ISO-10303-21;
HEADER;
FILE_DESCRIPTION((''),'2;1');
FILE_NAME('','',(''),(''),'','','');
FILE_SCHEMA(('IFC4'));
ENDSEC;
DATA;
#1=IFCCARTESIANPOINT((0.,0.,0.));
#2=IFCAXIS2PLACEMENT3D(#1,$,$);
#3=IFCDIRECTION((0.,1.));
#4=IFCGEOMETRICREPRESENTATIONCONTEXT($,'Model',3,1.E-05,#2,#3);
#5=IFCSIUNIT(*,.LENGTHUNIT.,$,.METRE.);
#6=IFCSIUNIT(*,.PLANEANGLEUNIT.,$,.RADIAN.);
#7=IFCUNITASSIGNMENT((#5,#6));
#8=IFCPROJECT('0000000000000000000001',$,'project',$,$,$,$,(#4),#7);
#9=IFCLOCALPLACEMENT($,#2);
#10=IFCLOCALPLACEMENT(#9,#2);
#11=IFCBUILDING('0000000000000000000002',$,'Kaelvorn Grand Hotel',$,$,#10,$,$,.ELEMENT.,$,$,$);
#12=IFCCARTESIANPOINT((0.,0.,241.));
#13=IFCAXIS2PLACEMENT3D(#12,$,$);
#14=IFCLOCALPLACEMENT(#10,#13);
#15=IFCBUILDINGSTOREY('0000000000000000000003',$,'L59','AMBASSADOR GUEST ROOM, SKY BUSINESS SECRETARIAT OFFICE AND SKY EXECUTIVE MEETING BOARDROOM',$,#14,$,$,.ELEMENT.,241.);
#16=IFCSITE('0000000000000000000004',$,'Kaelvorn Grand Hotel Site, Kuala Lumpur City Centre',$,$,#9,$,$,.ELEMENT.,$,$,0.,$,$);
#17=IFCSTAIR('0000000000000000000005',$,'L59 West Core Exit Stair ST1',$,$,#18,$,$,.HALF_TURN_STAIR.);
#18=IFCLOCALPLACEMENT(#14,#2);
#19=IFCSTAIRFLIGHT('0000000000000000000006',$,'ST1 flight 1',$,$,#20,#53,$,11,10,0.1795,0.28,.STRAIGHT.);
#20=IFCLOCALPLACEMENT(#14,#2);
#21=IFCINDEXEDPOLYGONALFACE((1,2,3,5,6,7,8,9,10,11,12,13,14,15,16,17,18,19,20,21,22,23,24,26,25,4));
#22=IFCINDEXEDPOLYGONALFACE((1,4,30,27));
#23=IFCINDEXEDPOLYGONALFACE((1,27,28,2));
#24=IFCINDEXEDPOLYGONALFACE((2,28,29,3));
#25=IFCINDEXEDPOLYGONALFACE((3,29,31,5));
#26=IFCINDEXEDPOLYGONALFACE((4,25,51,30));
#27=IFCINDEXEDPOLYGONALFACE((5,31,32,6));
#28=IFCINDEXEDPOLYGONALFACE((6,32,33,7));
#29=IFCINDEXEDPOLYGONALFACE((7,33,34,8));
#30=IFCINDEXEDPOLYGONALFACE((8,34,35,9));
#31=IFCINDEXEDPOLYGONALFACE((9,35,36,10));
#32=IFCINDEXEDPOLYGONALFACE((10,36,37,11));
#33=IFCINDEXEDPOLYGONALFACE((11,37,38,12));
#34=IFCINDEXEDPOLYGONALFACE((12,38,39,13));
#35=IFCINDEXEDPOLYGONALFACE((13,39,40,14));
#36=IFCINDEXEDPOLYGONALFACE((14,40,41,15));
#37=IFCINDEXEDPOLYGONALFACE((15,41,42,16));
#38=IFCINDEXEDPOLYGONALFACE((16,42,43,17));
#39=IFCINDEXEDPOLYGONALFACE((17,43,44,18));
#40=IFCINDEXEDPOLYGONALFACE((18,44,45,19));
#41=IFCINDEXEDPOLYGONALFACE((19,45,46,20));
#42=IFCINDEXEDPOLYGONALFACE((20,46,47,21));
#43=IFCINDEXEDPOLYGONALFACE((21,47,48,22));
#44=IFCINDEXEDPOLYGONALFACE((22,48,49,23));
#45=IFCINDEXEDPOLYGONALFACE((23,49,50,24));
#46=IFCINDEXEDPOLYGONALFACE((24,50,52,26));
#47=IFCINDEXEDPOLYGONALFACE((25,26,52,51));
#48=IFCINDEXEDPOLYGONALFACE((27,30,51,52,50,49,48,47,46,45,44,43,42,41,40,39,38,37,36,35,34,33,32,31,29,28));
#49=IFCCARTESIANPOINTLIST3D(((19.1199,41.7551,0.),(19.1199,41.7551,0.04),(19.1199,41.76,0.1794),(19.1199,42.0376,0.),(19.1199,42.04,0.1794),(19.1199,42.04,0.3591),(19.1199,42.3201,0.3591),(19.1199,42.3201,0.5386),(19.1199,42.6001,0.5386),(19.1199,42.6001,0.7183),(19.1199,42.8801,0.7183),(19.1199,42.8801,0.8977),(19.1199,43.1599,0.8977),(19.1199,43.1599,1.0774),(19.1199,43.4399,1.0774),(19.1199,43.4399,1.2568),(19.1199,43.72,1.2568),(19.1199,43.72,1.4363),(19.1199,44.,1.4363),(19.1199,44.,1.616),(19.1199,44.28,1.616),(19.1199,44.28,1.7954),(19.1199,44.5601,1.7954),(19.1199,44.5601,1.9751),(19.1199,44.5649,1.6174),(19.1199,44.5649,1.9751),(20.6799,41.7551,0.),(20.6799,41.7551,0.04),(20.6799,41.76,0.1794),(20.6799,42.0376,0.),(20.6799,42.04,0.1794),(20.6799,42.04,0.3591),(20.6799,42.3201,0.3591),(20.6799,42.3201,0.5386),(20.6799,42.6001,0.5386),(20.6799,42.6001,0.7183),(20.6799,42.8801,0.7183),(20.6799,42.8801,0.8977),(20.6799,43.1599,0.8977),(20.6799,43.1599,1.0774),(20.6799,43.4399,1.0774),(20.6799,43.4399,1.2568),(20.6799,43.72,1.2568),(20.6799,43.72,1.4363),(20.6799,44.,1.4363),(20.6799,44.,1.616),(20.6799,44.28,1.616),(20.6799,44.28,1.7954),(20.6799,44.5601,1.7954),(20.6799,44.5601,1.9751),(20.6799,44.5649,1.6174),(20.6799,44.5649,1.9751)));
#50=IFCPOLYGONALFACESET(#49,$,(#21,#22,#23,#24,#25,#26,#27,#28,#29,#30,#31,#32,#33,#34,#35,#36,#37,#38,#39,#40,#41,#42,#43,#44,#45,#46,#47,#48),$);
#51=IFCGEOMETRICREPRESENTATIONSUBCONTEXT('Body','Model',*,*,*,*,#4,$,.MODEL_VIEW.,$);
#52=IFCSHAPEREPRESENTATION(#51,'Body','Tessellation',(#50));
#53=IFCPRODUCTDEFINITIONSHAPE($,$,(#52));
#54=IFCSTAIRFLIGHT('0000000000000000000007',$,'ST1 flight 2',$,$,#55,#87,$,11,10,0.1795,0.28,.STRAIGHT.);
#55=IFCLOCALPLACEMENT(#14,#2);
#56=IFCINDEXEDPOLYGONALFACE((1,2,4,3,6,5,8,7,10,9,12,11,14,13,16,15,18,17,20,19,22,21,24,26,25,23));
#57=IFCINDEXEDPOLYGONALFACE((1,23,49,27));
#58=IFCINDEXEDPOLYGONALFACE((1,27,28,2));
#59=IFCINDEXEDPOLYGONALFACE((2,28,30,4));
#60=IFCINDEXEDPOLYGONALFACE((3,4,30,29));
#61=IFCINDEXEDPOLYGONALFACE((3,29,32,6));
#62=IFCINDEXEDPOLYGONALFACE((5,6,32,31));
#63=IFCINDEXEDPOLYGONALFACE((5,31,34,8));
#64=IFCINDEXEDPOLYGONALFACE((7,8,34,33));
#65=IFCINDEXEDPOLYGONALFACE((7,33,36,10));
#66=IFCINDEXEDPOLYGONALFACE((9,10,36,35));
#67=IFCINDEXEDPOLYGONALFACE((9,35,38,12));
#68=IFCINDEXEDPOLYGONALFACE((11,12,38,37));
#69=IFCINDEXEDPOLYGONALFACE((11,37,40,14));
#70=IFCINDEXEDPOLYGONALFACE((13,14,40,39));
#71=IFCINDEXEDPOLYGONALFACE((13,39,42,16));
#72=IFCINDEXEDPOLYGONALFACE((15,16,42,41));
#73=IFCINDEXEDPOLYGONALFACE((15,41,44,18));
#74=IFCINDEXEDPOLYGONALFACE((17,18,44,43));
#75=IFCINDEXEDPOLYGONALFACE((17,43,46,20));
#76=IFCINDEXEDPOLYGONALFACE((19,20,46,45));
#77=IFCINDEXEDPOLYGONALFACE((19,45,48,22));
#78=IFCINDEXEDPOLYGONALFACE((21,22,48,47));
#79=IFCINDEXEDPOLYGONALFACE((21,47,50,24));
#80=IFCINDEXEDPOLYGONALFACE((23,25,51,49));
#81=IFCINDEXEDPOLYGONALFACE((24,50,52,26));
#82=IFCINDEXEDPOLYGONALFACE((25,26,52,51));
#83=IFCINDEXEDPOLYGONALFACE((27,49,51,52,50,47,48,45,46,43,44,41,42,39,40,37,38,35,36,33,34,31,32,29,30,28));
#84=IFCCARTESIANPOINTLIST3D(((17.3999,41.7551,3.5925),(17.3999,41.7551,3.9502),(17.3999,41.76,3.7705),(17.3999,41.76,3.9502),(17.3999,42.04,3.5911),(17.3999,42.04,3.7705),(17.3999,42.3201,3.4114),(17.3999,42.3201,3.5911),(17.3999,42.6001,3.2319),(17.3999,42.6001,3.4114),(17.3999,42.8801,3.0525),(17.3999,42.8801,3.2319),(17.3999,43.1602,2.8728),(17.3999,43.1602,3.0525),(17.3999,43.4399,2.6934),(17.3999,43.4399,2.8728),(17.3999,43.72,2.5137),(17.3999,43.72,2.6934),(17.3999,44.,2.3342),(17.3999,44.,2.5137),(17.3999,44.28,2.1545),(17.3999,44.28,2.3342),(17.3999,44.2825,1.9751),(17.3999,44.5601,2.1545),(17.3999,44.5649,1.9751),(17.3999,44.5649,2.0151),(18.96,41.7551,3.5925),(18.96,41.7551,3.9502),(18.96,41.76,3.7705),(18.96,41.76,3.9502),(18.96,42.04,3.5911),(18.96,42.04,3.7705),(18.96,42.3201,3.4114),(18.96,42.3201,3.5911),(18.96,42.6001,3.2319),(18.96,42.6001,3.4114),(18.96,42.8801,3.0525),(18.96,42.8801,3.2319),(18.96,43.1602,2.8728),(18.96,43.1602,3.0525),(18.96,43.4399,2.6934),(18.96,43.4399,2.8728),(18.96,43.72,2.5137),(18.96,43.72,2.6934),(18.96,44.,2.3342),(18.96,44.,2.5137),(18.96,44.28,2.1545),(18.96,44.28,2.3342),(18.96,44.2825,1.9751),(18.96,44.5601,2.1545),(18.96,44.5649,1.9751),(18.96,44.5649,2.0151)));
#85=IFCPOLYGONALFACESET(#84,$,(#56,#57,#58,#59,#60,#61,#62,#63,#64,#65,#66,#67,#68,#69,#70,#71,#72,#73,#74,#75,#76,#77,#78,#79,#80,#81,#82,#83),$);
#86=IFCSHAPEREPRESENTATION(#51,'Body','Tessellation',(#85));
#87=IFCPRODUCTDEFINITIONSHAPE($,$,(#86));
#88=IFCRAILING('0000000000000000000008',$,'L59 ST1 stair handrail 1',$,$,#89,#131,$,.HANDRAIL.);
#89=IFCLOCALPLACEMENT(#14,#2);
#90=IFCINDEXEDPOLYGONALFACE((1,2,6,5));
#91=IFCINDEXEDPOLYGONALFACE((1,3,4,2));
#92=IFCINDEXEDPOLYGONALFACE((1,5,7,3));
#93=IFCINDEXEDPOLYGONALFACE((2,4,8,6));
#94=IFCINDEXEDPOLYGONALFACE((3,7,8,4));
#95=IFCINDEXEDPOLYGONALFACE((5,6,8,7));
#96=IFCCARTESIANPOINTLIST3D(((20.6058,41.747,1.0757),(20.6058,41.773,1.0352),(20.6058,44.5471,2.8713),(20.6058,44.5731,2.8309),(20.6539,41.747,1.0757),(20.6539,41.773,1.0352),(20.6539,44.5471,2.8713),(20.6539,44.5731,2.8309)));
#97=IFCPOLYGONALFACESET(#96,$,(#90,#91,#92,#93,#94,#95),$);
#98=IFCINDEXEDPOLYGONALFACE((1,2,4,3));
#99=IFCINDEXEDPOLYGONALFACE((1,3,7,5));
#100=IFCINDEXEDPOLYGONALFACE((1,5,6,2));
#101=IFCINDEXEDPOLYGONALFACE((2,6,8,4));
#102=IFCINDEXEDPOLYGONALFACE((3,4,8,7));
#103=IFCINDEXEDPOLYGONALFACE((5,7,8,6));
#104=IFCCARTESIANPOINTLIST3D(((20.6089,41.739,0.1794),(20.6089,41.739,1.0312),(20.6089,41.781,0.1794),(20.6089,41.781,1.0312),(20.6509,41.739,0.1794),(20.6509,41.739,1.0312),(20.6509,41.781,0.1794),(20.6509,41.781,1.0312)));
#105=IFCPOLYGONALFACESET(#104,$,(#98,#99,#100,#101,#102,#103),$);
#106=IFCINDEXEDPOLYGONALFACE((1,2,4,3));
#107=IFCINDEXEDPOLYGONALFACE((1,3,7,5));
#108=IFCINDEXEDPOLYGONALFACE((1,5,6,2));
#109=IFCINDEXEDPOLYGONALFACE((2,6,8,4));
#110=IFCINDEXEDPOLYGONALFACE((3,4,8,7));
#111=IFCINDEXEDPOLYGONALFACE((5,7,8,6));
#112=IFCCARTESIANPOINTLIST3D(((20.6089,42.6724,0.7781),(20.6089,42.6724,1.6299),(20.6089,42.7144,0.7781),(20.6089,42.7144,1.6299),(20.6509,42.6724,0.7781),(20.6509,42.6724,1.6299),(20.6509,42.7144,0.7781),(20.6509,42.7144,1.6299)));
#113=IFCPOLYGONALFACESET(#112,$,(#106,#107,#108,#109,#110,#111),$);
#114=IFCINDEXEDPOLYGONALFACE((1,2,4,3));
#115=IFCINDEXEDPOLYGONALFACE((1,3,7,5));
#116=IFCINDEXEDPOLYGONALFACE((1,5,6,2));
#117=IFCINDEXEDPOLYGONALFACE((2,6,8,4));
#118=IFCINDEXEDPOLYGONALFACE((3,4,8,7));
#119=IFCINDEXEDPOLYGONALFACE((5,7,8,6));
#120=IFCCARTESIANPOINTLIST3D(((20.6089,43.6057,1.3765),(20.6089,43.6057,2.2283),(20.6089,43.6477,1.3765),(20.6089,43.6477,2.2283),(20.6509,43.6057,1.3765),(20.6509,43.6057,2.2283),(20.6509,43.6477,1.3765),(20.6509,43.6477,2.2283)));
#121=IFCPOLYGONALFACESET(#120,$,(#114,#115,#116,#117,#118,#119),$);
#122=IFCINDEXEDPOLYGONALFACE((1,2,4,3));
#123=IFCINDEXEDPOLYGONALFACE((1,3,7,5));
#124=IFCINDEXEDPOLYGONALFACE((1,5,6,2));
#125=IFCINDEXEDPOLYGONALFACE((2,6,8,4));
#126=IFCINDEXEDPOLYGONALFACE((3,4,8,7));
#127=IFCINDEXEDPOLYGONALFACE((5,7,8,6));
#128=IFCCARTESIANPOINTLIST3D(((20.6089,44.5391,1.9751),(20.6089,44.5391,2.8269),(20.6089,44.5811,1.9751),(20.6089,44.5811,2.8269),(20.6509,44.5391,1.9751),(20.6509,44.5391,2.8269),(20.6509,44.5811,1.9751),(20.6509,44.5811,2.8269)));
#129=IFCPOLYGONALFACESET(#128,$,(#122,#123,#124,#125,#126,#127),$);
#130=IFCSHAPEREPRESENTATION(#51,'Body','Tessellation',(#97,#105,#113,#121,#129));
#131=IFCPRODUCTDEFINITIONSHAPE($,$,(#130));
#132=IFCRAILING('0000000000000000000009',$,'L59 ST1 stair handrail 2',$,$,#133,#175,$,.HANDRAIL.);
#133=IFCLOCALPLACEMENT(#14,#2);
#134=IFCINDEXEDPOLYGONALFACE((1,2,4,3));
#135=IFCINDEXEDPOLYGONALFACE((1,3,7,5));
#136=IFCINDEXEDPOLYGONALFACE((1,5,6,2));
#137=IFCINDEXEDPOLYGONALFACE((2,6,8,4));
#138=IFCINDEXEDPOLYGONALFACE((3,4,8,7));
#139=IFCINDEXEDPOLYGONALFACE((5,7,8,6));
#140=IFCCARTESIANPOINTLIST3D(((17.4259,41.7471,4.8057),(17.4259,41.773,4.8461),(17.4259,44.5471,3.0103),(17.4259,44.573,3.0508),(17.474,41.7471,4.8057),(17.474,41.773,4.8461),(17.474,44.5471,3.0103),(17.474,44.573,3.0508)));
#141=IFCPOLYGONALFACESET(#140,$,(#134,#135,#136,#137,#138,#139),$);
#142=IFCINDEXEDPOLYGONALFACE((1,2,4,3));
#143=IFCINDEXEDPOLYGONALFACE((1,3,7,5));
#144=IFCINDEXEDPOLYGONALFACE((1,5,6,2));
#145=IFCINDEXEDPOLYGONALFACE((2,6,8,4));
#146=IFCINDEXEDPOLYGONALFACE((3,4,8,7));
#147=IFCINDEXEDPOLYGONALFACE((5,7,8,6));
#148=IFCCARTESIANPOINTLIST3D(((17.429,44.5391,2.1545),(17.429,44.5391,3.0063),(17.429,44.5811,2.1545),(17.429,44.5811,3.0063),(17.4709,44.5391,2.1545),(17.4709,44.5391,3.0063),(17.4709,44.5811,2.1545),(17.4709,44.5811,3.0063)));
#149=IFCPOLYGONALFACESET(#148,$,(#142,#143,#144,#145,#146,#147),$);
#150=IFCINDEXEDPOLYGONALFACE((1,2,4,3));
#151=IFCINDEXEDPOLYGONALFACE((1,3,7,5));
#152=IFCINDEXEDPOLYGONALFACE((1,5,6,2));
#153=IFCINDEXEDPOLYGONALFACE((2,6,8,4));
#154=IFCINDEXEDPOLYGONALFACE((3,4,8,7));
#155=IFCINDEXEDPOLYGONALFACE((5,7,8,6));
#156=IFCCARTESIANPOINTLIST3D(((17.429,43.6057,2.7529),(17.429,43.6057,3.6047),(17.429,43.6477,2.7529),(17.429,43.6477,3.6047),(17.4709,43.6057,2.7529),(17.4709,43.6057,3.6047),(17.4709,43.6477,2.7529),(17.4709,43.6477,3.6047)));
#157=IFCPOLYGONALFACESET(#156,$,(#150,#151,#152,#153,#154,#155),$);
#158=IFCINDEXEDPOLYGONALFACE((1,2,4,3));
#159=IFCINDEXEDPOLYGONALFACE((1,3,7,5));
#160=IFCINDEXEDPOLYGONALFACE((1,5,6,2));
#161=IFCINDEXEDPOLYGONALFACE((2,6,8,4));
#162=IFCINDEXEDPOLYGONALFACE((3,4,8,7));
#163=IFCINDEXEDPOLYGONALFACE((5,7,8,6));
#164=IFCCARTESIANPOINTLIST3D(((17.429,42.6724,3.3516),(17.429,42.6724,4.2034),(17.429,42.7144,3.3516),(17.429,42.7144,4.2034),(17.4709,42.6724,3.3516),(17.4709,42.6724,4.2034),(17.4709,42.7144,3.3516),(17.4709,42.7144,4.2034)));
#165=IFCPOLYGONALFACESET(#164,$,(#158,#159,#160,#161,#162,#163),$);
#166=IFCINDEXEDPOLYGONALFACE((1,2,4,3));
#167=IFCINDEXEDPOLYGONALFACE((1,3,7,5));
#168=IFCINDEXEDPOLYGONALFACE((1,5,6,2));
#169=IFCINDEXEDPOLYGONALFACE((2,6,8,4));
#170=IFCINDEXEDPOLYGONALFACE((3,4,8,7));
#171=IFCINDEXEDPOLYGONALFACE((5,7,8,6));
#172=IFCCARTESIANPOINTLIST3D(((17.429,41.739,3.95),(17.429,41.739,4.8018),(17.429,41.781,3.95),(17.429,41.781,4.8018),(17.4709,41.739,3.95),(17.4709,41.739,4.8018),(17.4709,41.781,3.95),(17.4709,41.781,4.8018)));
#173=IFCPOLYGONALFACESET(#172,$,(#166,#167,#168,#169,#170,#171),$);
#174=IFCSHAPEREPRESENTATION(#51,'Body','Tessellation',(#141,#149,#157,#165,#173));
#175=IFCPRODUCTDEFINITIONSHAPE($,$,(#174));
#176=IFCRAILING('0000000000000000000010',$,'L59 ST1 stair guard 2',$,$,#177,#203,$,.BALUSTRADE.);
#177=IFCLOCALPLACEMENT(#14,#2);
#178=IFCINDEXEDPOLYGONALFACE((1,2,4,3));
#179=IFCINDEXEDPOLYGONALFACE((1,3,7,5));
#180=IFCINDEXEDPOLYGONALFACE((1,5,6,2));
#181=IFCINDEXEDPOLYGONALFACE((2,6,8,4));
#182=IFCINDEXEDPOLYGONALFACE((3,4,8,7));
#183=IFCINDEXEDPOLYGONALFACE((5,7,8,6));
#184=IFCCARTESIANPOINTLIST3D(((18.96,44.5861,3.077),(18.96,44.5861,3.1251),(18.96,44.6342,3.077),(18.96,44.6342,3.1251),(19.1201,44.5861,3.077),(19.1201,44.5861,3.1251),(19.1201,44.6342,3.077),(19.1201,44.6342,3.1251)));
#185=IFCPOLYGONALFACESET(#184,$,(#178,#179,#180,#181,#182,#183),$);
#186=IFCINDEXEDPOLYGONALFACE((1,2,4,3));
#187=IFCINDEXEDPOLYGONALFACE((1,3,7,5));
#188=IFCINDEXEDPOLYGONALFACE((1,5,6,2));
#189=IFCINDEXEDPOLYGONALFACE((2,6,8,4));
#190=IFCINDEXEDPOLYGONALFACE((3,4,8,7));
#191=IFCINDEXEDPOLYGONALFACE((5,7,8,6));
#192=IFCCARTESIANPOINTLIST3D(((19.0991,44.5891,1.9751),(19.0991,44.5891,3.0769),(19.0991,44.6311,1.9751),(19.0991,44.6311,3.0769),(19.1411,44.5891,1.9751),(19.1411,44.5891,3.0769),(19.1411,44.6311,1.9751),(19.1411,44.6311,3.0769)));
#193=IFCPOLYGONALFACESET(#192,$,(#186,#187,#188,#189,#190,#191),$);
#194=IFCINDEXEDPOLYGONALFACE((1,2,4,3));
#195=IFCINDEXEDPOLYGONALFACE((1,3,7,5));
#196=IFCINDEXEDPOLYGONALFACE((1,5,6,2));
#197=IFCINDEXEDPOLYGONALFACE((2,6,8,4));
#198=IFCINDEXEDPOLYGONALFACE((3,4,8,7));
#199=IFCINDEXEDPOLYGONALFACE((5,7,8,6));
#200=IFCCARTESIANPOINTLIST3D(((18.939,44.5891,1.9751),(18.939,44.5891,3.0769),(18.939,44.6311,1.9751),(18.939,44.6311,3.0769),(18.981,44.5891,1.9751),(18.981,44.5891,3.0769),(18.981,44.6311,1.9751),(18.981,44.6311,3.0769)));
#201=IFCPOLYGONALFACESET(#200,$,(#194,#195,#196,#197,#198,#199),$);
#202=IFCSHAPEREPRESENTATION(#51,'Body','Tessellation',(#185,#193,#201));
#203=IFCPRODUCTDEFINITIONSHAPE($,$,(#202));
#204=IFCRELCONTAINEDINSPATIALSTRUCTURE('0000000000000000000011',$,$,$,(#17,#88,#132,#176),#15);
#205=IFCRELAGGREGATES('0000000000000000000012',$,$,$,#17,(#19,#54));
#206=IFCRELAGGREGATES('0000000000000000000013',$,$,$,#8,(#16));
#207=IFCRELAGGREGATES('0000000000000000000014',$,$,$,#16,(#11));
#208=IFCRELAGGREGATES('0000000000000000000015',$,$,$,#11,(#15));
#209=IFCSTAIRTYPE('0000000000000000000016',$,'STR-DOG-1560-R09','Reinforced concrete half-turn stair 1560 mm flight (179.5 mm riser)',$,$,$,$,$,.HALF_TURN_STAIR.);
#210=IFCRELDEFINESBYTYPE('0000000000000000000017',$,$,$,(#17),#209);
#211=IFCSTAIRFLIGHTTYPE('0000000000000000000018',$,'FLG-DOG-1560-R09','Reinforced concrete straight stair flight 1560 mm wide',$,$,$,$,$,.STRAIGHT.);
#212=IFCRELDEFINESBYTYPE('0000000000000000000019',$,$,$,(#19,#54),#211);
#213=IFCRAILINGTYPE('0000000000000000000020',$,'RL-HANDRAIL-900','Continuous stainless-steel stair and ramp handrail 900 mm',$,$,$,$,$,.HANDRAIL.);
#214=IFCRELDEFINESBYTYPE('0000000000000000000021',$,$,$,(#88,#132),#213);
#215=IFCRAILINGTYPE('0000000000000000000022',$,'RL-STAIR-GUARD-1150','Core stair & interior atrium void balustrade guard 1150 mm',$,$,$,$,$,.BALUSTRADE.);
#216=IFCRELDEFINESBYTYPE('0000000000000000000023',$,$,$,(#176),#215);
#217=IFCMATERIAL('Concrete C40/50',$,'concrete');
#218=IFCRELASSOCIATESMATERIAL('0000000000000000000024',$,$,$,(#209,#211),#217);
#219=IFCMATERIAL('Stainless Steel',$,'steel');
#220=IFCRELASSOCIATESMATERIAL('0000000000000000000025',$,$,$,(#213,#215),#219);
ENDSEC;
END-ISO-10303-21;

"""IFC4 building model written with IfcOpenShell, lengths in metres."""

from ifc_helpers import new_model, si_unit, direction, frame, origin, origin_2d, place, context, subcontext, project, spatial, polyline, rectangle, outline, extrude, material, type_object, element, aggregate, save


model = new_model("IFC4")

# Units and contexts
model_context = context("Model", 3, precision=1e-05, world=origin(), true_north=direction((0.0, 1.0)))
body_context = subcontext(model_context, "Body", "Model", "MODEL_VIEW")
ifc_project = project(units=[si_unit("LENGTHUNIT", "METRE"), si_unit("PLANEANGLEUNIT", "RADIAN")], contexts=[model_context])

# Site, building, storey
site_placement = place(None, origin())
site = spatial("IfcSite", under=ifc_project, at=site_placement, Name="Kaelvorn Grand Hotel Site, Kuala Lumpur City Centre", CompositionType="ELEMENT", RefElevation=0.0)
building_placement = place(site_placement, origin())
building = spatial("IfcBuilding", under=site, at=building_placement, Name="Kaelvorn Grand Hotel", CompositionType="ELEMENT")
storey_placement = place(building_placement, frame((0.0, 0.0, 241.0)))
storey = spatial("IfcBuildingStorey", under=building, at=storey_placement, Name="L59", Description="AMBASSADOR GUEST ROOM, SKY BUSINESS SECRETARIAT OFFICE AND SKY EXECUTIVE MEETING BOARDROOM", CompositionType="ELEMENT", Elevation=241.0)

# Shared definitions
ifc_material_1 = material(Name="Concrete C40/50", Category="concrete")

# Stair, stair flights
stair_type = type_object("IfcStairType", Name="STR-DOG-1560-R09", Description="Reinforced concrete half-turn stair 1560 mm flight (179.5 mm riser)", PredefinedType="HALF_TURN_STAIR", material=ifc_material_1)
stair_placement = place(storey_placement, origin())
stair = element("IfcStair", 1, at=stair_placement, inside=storey, type_object=stair_type, Name="L59 West Core Exit Stair ST1", PredefinedType="HALF_TURN_STAIR")
stair_flight_type = type_object("IfcStairFlightType", Name="FLG-DOG-1560-R09", Description="Reinforced concrete straight stair flight 1560 mm wide", PredefinedType="STRAIGHT", material=ifc_material_1)
stair_flight_1_placement = place(storey_placement, frame((19.8999, 41.76, 0.0), z_axis=(0.0, 0.0, 1.0), x_axis=(0.0, 1.0, 0.0)))
stair_flight_1 = element("IfcStairFlight", 2, at=stair_flight_1_placement, type_object=stair_flight_type, Name="ST1 flight 1", NumberOfRisers=11, NumberOfTreads=10, PredefinedType="STRAIGHT", RiserHeight=0.1795, TreadLength=0.28, context=body_context, shape_type="SweptSolid", body=[
    extrude(outline(polyline([(-0.0049, 0.0), (-0.0049, 0.04), (0.0, 0.1794), (0.28, 0.1794), (0.28, 0.3591), (0.5601, 0.3591), (0.5601, 0.5386), (0.8401, 0.5386), (0.8401, 0.7183), (1.1201, 0.7183), (1.1201, 0.8977), (1.3999, 0.8977), (1.3999, 1.0774), (1.6799, 1.0774), (1.6799, 1.2568), (1.96, 1.2568), (1.96, 1.4363), (2.24, 1.4363), (2.24, 1.616), (2.52, 1.616), (2.52, 1.7954), (2.8, 1.7954), (2.8, 1.9751), (2.8049, 1.9751), (2.8049, 1.6174), (0.2776, 0.0), (-0.0049, 0.0)])), frame((0.0, 0.78, 0.0), z_axis=(0.0, -1.0, 0.0), x_axis=(1.0, 0.0, 0.0)), (0.0, 0.0, 1.0), 1.5601),
])
stair_flight_2_placement = place(storey_placement, frame((18.1799, 44.5601, 1.9751), z_axis=(0.0, 0.0, 1.0), x_axis=(0.0, -1.0, 0.0)))
stair_flight_2 = element("IfcStairFlight", 3, at=stair_flight_2_placement, type_object=stair_flight_type, Name="ST1 flight 2", NumberOfRisers=11, NumberOfTreads=10, PredefinedType="STRAIGHT", RiserHeight=0.1795, TreadLength=0.28, context=body_context, shape_type="SweptSolid", body=[
    extrude(outline(polyline([(-0.0049, 0.0), (-0.0049, 0.04), (0.0, 0.1794), (0.28, 0.1794), (0.28, 0.3591), (0.5601, 0.3591), (0.5601, 0.5386), (0.8401, 0.5386), (0.8401, 0.7183), (1.1201, 0.7183), (1.1201, 0.8977), (1.3999, 0.8977), (1.3999, 1.0774), (1.6799, 1.0774), (1.6799, 1.2568), (1.96, 1.2568), (1.96, 1.4363), (2.24, 1.4363), (2.24, 1.616), (2.52, 1.616), (2.52, 1.7954), (2.8, 1.7954), (2.8, 1.9751), (2.8049, 1.9751), (2.8049, 1.6174), (0.2776, 0.0), (-0.0049, 0.0)])), frame((0.0, 0.78, 0.0), z_axis=(0.0, -1.0, 0.0), x_axis=(1.0, 0.0, 0.0)), (0.0, 0.0, 1.0), 1.5601),
])
aggregate(stair, [stair_flight_1, stair_flight_2])

# Railings
ifc_material_2 = material(Name="Stainless Steel", Category="steel")
railing_type_1 = type_object("IfcRailingType", Name="RL-HANDRAIL-900", Description="Continuous stainless-steel stair and ramp handrail 900 mm", PredefinedType="HANDRAIL", material=ifc_material_2)
railing_1_placement = place(storey_placement, frame((20.6299, 41.76, 0.1794)))
element("IfcRailing", 4, at=railing_1_placement, inside=storey, type_object=railing_type_1, Name="L59 ST1 stair handrail 1", PredefinedType="HANDRAIL", context=body_context, shape_type="SweptSolid", body=[
    extrude(rectangle(XDim=0.0481, YDim=0.0481, at=origin_2d()), frame((0.0, 0.0, 0.876), z_axis=(0.0, 0.841777, 0.539826), x_axis=(-1.0, 0.0, 0.0)), (0.0, 0.0, 1.0), 3.3264),
    extrude(rectangle(XDim=0.042, YDim=0.042, at=origin_2d()), origin(), (0.0, 0.0, 1.0), 0.8518),
    extrude(rectangle(XDim=0.042, YDim=0.042, at=origin_2d()), frame((0.0, 0.9333, 0.5986)), (0.0, 0.0, 1.0), 0.8518),
    extrude(rectangle(XDim=0.042, YDim=0.042, at=origin_2d()), frame((0.0, 1.8667, 1.197)), (0.0, 0.0, 1.0), 0.8518),
    extrude(rectangle(XDim=0.042, YDim=0.042, at=origin_2d()), frame((0.0, 2.8, 1.7957)), (0.0, 0.0, 1.0), 0.8518),
])
railing_2_placement = place(storey_placement, frame((17.45, 44.5601, 2.1545)))
element("IfcRailing", 5, at=railing_2_placement, inside=storey, type_object=railing_type_1, Name="L59 ST1 stair handrail 2", PredefinedType="HANDRAIL", context=body_context, shape_type="SweptSolid", body=[
    extrude(rectangle(XDim=0.0481, YDim=0.0481, at=origin_2d()), frame((0.0, 0.0, 0.876), z_axis=(0.0, -0.84181, 0.539774), x_axis=(1.0, 0.0, 0.0)), (0.0, 0.0, 1.0), 3.3262),
    extrude(rectangle(XDim=0.042, YDim=0.042, at=origin_2d()), origin(), (0.0, 0.0, 1.0), 0.8518),
    extrude(rectangle(XDim=0.042, YDim=0.042, at=origin_2d()), frame((0.0, -0.9333, 0.5984)), (0.0, 0.0, 1.0), 0.8518),
    extrude(rectangle(XDim=0.042, YDim=0.042, at=origin_2d()), frame((0.0, -1.8667, 1.197)), (0.0, 0.0, 1.0), 0.8518),
    extrude(rectangle(XDim=0.042, YDim=0.042, at=origin_2d()), frame((0.0, -2.8, 1.7954)), (0.0, 0.0, 1.0), 0.8518),
])
railing_type_2 = type_object("IfcRailingType", Name="RL-STAIR-GUARD-1150", Description="Core stair & interior atrium void balustrade guard 1150 mm", PredefinedType="BALUSTRADE", material=ifc_material_2)
railing_3_placement = place(storey_placement, frame((19.1201, 44.6101, 1.9751)))
element("IfcRailing", 6, at=railing_3_placement, inside=storey, type_object=railing_type_2, Name="L59 ST1 stair guard 2", PredefinedType="BALUSTRADE", context=body_context, shape_type="SweptSolid", body=[
    extrude(rectangle(XDim=0.0481, YDim=0.0481, at=origin_2d()), frame((0.0, 0.0, 1.126), z_axis=(-1.0, 0.0, 0.0), x_axis=(0.0, -1.0, 0.0)), (0.0, 0.0, 1.0), 0.1602),
    extrude(rectangle(XDim=0.042, YDim=0.042, at=origin_2d()), origin(), (0.0, 0.0, 1.0), 1.1018),
    extrude(rectangle(XDim=0.042, YDim=0.042, at=origin_2d()), frame((-0.1602, 0.0, 0.0)), (0.0, 0.0, 1.0), 1.1018),
])

save(model, "model.ifc")
